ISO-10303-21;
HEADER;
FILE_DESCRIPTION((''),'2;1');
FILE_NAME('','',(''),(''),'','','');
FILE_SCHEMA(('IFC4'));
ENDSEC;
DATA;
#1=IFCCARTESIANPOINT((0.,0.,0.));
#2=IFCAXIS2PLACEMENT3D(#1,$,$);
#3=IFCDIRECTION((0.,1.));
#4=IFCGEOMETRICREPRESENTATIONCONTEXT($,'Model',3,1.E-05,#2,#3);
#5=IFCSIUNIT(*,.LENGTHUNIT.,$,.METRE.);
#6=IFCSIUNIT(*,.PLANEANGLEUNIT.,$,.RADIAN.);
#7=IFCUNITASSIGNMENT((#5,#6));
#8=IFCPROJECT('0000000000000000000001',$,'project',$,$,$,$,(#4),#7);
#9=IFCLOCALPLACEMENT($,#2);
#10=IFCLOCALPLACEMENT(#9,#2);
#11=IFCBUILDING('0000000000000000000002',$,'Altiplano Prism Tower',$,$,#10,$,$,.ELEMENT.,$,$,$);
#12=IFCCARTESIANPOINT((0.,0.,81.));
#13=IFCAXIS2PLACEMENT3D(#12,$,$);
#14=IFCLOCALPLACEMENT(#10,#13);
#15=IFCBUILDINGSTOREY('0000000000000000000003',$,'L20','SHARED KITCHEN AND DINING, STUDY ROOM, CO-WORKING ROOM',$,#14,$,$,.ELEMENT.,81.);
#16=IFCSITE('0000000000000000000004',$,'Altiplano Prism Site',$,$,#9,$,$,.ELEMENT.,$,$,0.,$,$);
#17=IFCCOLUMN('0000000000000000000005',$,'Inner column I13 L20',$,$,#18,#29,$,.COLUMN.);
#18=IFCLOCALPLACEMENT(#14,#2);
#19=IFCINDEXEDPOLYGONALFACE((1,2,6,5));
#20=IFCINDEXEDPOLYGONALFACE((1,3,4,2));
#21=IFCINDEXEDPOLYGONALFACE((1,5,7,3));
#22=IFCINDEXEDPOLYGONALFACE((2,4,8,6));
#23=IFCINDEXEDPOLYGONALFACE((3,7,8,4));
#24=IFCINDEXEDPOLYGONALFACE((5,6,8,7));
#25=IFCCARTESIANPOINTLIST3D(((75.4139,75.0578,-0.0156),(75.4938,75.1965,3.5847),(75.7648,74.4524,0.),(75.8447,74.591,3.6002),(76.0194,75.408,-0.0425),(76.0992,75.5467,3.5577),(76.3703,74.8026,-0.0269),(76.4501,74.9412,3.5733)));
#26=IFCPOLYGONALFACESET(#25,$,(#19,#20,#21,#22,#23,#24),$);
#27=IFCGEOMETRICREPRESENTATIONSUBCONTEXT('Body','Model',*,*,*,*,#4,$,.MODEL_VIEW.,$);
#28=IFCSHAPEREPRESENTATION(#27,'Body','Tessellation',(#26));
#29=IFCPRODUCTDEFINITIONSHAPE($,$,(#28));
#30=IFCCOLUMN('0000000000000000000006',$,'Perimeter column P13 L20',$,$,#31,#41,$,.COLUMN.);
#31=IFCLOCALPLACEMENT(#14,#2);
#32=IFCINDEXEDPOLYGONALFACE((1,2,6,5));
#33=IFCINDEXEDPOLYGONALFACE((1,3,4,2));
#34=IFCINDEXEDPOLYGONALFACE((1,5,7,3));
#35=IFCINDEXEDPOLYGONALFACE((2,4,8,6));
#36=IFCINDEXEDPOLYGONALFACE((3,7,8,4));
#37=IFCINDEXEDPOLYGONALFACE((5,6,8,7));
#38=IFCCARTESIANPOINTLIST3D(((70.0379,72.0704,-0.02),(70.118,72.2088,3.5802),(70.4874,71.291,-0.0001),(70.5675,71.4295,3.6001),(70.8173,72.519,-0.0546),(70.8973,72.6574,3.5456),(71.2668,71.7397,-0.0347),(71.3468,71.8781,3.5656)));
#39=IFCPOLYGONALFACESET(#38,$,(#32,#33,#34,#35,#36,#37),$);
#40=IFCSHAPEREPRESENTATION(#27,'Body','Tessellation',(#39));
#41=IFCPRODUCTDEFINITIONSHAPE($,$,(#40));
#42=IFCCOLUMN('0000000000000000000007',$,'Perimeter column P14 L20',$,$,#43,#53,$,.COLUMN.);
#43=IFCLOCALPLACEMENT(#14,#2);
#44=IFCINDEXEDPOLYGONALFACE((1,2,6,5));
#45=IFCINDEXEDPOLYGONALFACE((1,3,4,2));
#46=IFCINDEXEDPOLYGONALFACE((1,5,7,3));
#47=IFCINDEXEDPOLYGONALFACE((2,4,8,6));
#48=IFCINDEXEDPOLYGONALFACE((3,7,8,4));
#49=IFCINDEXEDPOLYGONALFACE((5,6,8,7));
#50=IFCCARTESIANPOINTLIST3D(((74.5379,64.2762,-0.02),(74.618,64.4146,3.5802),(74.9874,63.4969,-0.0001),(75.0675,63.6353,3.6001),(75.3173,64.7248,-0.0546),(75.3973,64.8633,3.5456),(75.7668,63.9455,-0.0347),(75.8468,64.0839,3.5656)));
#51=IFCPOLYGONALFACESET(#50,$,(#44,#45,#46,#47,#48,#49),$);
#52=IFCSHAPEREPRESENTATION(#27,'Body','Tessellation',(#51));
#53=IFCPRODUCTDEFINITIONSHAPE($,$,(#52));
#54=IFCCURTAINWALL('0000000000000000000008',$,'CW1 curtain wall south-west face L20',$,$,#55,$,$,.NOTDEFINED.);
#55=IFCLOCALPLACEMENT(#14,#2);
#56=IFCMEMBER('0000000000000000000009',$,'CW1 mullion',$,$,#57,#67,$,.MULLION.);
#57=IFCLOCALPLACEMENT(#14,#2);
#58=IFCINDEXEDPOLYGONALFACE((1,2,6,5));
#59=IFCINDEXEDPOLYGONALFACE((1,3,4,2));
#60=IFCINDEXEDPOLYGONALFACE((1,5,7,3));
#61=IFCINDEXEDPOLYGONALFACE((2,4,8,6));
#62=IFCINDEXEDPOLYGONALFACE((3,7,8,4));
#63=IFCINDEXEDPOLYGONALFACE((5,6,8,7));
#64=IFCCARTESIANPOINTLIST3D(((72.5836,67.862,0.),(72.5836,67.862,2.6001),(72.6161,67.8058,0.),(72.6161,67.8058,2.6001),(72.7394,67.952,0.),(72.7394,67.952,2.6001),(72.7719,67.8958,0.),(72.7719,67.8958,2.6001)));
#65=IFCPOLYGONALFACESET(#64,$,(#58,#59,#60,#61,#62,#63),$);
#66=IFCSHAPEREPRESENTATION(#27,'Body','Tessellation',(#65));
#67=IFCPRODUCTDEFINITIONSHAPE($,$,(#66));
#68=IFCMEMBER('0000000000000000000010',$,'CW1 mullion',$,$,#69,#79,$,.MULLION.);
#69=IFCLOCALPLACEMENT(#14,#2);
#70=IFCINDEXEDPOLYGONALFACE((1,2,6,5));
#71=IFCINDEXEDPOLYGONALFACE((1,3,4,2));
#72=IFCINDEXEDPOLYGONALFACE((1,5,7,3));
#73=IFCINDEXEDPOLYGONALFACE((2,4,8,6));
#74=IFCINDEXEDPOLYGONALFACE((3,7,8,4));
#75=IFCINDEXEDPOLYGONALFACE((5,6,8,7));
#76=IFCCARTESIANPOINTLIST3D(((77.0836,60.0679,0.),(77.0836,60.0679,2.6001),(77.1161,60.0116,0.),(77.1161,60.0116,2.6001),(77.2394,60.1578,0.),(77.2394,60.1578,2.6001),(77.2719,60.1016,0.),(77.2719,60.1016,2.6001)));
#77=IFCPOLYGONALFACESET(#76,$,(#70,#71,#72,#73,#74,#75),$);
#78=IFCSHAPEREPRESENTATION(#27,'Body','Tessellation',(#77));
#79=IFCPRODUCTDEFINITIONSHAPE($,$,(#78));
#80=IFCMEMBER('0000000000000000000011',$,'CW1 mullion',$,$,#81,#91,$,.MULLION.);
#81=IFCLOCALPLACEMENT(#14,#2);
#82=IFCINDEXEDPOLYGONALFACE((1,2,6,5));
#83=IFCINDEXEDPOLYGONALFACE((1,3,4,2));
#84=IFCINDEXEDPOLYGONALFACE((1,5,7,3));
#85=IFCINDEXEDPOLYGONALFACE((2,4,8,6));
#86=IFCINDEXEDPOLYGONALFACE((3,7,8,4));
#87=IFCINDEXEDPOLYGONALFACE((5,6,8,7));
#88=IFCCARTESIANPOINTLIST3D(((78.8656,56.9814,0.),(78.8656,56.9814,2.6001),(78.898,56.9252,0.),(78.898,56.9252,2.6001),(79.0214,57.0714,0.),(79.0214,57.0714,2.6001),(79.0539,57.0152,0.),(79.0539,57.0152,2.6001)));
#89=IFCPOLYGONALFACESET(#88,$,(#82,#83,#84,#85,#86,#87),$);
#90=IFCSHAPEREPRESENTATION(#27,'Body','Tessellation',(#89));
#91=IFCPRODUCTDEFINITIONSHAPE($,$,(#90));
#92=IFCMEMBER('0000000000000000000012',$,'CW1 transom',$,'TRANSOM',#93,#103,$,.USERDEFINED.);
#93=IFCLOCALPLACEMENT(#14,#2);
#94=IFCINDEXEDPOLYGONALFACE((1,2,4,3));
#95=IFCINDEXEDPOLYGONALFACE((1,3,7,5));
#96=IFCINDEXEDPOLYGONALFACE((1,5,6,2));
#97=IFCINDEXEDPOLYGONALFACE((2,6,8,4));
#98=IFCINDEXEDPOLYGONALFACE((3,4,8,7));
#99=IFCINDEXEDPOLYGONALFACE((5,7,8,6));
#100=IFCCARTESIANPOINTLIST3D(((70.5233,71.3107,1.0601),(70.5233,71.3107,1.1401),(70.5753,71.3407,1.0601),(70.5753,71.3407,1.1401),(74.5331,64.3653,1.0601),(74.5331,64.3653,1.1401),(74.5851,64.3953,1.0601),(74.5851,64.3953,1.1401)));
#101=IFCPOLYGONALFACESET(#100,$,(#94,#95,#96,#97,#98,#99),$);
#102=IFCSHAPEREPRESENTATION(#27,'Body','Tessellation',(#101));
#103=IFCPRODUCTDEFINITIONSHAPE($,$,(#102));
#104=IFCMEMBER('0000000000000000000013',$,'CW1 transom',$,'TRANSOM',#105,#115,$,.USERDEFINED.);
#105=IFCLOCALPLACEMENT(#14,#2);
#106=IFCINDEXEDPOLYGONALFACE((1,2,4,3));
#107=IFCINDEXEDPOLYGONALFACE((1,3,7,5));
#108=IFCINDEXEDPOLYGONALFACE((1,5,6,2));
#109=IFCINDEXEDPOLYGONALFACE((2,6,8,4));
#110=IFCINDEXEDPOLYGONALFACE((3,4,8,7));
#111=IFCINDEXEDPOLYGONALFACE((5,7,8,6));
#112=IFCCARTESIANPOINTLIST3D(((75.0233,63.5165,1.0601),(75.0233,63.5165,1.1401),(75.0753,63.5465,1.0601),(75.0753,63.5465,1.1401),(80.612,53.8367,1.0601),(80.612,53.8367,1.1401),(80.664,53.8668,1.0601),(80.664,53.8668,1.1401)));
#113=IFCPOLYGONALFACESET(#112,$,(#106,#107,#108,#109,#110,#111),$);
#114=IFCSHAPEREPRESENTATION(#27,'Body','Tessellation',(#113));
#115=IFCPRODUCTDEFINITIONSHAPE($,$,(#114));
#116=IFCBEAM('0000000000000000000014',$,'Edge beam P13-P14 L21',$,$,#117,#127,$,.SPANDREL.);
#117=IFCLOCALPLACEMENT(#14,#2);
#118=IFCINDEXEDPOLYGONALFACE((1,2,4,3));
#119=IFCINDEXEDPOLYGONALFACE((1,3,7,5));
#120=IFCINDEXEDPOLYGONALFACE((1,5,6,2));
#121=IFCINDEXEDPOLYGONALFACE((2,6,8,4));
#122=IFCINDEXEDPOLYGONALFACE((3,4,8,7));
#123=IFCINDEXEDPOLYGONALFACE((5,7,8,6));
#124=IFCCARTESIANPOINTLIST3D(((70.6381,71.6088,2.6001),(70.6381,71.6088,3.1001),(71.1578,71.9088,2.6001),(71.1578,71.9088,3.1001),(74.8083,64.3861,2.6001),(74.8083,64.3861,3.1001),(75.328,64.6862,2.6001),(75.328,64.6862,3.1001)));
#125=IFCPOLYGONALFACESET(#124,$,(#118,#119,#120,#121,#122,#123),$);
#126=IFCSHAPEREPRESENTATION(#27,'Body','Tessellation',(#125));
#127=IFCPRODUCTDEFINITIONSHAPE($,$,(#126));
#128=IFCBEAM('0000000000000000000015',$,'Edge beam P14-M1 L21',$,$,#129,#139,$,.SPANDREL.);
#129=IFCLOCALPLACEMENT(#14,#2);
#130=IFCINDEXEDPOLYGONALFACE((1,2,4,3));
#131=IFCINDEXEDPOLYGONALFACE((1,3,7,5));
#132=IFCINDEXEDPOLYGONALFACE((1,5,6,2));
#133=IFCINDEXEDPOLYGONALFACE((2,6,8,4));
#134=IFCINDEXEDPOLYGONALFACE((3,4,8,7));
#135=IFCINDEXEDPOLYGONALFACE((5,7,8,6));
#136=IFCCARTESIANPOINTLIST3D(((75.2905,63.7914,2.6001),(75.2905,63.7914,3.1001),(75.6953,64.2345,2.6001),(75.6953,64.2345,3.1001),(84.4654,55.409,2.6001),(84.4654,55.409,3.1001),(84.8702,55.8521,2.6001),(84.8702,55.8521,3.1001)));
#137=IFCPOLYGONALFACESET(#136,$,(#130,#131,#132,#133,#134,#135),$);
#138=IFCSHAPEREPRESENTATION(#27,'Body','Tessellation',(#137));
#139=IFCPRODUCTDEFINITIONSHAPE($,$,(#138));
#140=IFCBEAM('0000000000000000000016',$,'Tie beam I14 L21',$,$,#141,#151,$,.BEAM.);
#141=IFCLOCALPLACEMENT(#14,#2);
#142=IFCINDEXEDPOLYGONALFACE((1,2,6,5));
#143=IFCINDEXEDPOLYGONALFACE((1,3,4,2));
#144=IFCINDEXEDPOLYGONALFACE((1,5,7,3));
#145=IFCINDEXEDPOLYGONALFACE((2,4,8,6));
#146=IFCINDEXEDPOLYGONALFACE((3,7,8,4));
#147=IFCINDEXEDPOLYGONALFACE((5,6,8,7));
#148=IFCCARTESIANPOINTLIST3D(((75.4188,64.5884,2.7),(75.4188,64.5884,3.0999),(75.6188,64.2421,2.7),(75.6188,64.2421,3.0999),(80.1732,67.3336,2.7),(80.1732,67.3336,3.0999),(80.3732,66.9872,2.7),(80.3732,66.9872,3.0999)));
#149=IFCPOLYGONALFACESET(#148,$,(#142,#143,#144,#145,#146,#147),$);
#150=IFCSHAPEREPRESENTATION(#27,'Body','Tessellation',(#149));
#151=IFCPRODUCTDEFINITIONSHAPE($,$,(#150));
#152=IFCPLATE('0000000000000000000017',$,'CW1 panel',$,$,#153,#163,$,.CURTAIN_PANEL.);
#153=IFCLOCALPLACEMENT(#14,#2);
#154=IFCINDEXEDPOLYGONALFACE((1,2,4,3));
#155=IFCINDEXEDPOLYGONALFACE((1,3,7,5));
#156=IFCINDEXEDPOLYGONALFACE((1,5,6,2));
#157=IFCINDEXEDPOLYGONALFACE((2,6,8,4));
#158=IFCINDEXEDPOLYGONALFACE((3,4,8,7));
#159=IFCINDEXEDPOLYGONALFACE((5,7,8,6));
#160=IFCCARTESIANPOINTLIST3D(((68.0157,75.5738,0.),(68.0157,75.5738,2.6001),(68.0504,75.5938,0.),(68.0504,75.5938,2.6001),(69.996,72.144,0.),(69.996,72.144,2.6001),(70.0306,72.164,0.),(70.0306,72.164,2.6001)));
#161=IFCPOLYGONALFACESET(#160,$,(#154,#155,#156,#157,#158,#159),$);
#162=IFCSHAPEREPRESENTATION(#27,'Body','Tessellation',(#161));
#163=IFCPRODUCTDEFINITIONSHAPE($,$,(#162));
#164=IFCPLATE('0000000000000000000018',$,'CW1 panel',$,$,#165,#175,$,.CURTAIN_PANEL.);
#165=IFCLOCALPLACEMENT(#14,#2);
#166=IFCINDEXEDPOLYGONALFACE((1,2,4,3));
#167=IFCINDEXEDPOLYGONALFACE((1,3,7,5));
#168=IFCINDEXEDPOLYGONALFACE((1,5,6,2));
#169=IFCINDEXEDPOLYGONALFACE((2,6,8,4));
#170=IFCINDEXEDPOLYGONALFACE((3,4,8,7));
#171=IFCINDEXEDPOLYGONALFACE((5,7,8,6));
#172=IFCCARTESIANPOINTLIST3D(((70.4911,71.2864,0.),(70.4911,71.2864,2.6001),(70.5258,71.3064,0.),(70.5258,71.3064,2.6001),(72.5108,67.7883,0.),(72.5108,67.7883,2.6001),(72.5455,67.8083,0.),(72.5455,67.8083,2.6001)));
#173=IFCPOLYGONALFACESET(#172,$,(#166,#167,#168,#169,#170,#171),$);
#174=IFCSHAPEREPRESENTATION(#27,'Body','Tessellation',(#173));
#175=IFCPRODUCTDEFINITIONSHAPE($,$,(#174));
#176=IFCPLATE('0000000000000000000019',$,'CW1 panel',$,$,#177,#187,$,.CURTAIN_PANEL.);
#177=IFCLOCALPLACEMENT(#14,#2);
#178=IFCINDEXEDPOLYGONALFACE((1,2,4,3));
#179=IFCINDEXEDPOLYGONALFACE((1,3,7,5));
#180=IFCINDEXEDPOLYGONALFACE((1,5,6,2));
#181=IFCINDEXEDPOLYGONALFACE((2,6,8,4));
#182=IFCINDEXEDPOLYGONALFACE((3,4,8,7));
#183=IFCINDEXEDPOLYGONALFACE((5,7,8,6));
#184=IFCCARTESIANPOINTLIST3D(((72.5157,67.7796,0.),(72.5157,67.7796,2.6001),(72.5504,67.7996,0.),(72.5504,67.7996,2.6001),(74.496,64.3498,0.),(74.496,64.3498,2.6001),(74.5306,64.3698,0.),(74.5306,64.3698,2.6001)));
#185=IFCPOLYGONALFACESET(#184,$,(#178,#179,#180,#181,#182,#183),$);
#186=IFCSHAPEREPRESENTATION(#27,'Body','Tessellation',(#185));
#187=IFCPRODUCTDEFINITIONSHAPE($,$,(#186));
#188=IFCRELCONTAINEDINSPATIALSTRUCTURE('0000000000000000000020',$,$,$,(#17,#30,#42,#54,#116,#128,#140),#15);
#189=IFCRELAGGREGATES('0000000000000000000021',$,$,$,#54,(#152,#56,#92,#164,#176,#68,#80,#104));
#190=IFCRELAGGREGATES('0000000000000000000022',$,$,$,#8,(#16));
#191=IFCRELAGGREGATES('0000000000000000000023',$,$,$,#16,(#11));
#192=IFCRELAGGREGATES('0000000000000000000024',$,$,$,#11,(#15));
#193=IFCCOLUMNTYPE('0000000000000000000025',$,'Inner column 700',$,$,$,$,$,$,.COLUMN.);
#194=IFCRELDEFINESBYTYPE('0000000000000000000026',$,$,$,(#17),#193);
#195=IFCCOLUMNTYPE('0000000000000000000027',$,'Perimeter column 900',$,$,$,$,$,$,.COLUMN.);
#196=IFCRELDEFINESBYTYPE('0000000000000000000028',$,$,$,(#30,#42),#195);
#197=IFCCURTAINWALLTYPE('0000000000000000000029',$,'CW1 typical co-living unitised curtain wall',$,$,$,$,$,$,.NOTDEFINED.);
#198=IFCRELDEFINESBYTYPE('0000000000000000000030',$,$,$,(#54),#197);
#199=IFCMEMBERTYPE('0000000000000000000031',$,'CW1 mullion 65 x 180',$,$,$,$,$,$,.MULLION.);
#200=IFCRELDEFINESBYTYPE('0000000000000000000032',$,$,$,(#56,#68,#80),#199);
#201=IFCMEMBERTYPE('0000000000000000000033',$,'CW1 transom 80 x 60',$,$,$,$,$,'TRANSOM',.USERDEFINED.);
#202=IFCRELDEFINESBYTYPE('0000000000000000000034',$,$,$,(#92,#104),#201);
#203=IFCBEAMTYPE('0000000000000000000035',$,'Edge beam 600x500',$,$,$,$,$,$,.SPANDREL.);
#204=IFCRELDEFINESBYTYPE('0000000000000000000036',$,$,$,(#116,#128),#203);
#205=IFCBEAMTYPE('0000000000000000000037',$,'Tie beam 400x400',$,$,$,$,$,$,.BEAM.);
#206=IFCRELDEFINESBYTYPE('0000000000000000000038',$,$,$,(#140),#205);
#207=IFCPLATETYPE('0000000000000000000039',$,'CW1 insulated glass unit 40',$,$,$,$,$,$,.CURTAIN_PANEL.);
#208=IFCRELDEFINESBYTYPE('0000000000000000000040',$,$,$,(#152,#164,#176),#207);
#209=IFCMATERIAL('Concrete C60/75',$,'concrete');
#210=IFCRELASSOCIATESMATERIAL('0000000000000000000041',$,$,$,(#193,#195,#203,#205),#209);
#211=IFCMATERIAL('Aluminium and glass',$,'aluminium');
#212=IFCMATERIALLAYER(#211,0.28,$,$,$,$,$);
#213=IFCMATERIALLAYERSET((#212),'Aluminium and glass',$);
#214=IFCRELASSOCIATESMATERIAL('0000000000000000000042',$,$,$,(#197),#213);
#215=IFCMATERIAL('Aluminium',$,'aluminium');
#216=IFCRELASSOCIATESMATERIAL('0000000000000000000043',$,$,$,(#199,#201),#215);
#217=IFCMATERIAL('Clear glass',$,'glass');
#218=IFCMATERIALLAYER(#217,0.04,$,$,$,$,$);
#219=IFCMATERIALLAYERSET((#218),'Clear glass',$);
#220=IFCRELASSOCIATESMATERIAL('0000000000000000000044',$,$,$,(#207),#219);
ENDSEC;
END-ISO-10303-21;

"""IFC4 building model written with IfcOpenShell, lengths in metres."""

from ifc_helpers import new_model, si_unit, direction, frame, origin, origin_2d, place, context, subcontext, project, spatial, rectangle, extrude, material, layer, layer_set, material_profile, profile_set, type_object, element, aggregate, save


model = new_model("IFC4")

# Units and contexts
model_context = context("Model", 3, precision=1e-05, world=origin(), true_north=direction((0.0, 1.0)))
body_context = subcontext(model_context, "Body", "Model", "MODEL_VIEW")
ifc_project = project(units=[si_unit("LENGTHUNIT", "METRE"), si_unit("PLANEANGLEUNIT", "RADIAN")], contexts=[model_context])

# Site, building, storey
site_placement = place(None, origin())
site = spatial("IfcSite", under=ifc_project, at=site_placement, Name="Altiplano Prism Site", CompositionType="ELEMENT", RefElevation=0.0)
building_placement = place(site_placement, origin())
building = spatial("IfcBuilding", under=site, at=building_placement, Name="Altiplano Prism Tower", CompositionType="ELEMENT")
storey_placement = place(building_placement, frame((0.0, 0.0, 81.0)))
storey = spatial("IfcBuildingStorey", under=building, at=storey_placement, Name="L20", Description="SHARED KITCHEN AND DINING, STUDY ROOM, CO-WORKING ROOM", CompositionType="ELEMENT", Elevation=81.0)

# Columns
ifc_material_1 = material(Name="Concrete C60/75", Category="concrete")
ifc_material_profile_1 = material_profile(ifc_material_1, rectangle(XDim=0.7, YDim=0.7, at=origin_2d()), Name="Inner column 700")
ifc_profile_set_1 = profile_set([ifc_material_profile_1], Name="Concrete C60/75")
column_type_1 = type_object("IfcColumnType", Name="Inner column 700", PredefinedType="COLUMN", material=ifc_profile_set_1)
column_placement = place(storey_placement, frame((75.8921, 74.9302, -0.0212), z_axis=(0.022154, 0.038481, 0.999014), x_axis=(-0.864982, -0.500327, 0.038453)))
element("IfcColumn", 1, at=column_placement, inside=storey, type_object=column_type_1, Name="Inner column I13 L20", PredefinedType="COLUMN", context=body_context, shape_type="SweptSolid", body=[
    extrude(rectangle(XDim=0.7, YDim=0.7, at=origin_2d()), origin(), (0.0, 0.0, 1.0), 3.6038),
])
ifc_material_profile_2 = material_profile(ifc_material_1, rectangle(XDim=0.8999, YDim=0.8999, at=origin_2d()), Name="Perimeter column 900")
ifc_profile_set_2 = profile_set([ifc_material_profile_2], Name="Concrete C60/75")
column_type_2 = type_object("IfcColumnType", Name="Perimeter column 900", PredefinedType="COLUMN", material=ifc_profile_set_2)
for number, where, z_axis, x_axis, name in (
    (2, (70.6523, 71.905, -0.0273), (0.022221, 0.038413, 0.999015), (-0.866024, -0.498523, 0.038432), "Perimeter column P13 L20"),
    (3, (75.1523, 64.1108, -0.0273), (0.022221, 0.038413, 0.999015), (-0.866024, -0.498523, 0.038432), "Perimeter column P14 L20"),
):
    element("IfcColumn", number, at=place(storey_placement, frame(where, z_axis=z_axis, x_axis=x_axis)), inside=storey, type_object=column_type_2, Name=name, PredefinedType="COLUMN", context=body_context, shape_type="SweptSolid", body=[
        extrude(rectangle(XDim=0.8999, YDim=0.8999, at=origin_2d()), origin(), (0.0, 0.0, 1.0), 3.6038),
    ])

# Curtain wall, members
ifc_material_2 = material(Name="Aluminium and glass", Category="aluminium")
ifc_layer_1 = layer(ifc_material_2, 0.28)
ifc_layer_set_1 = layer_set([ifc_layer_1], Name="Aluminium and glass")
curtain_wall_type = type_object("IfcCurtainWallType", Name="CW1 typical co-living unitised curtain wall", PredefinedType="NOTDEFINED", material=ifc_layer_set_1)
curtain_wall_placement = place(storey_placement, origin())
curtain_wall = element("IfcCurtainWall", 4, at=curtain_wall_placement, inside=storey, type_object=curtain_wall_type, Name="CW1 curtain wall south-west face L20", PredefinedType="NOTDEFINED")
ifc_material_3 = material(Name="Aluminium", Category="aluminium")
ifc_material_profile_3 = material_profile(ifc_material_3, rectangle(XDim=0.1799, YDim=0.0649, at=origin_2d()), Name="CW1 mullion 65 x 180")
ifc_profile_set_3 = profile_set([ifc_material_profile_3], Name="Aluminium")
member_type_1 = type_object("IfcMemberType", Name="CW1 mullion 65 x 180", PredefinedType="MULLION", material=ifc_profile_set_3)
member_1_placement = place(storey_placement, frame((72.6777, 67.8789, 0.0), z_axis=(0.0, 0.0, 1.0), x_axis=(0.866025, 0.5, 0.0)))
member_1 = element("IfcMember", 5, at=member_1_placement, type_object=member_type_1, Name="CW1 mullion", PredefinedType="MULLION", context=body_context, shape_type="SweptSolid", body=[
    extrude(rectangle(XDim=0.1799, YDim=0.0649, at=origin_2d()), origin(), (0.0, 0.0, 1.0), 2.6001),
])
member_2_placement = place(storey_placement, frame((77.1777, 60.0847, 0.0), z_axis=(0.0, 0.0, 1.0), x_axis=(0.866025, 0.5, 0.0)))
member_2 = element("IfcMember", 6, at=member_2_placement, type_object=member_type_1, Name="CW1 mullion", PredefinedType="MULLION", context=body_context, shape_type="SweptSolid", body=[
    extrude(rectangle(XDim=0.1799, YDim=0.0649, at=origin_2d()), origin(), (0.0, 0.0, 1.0), 2.6001),
])
member_3_placement = place(storey_placement, frame((78.9597, 56.9983, 0.0), z_axis=(0.0, 0.0, 1.0), x_axis=(0.866025, 0.5, 0.0)))
member_3 = element("IfcMember", 7, at=member_3_placement, type_object=member_type_1, Name="CW1 mullion", PredefinedType="MULLION", context=body_context, shape_type="SweptSolid", body=[
    extrude(rectangle(XDim=0.1799, YDim=0.0649, at=origin_2d()), origin(), (0.0, 0.0, 1.0), 2.6001),
])
ifc_material_profile_4 = material_profile(ifc_material_3, rectangle(XDim=0.0601, YDim=0.0801, at=origin_2d()), Name="CW1 transom 80 x 60")
ifc_profile_set_4 = profile_set([ifc_material_profile_4], Name="Aluminium")
member_type_2 = type_object("IfcMemberType", Name="CW1 transom 80 x 60", ElementType="TRANSOM", PredefinedType="USERDEFINED", material=ifc_profile_set_4)
member_4_placement = place(storey_placement, frame((70.5493, 71.3257, 1.1001), z_axis=(0.499989, -0.866031, 0.0), x_axis=(0.866031, 0.499989, 0.0)))
member_4 = element("IfcMember", 8, at=member_4_placement, type_object=member_type_2, Name="CW1 transom", ObjectType="TRANSOM", PredefinedType="USERDEFINED", context=body_context, shape_type="SweptSolid", body=[
    extrude(rectangle(XDim=0.0601, YDim=0.0801, at=origin_2d()), origin(), (0.0, 0.0, 1.0), 8.0198),
])
member_5_placement = place(storey_placement, frame((75.0493, 63.5315, 1.1001), z_axis=(0.500004, -0.866023, 0.0), x_axis=(0.866023, 0.500004, 0.0)))
member_5 = element("IfcMember", 9, at=member_5_placement, type_object=member_type_2, Name="CW1 transom", ObjectType="TRANSOM", PredefinedType="USERDEFINED", context=body_context, shape_type="SweptSolid", body=[
    extrude(rectangle(XDim=0.0601, YDim=0.0801, at=origin_2d()), origin(), (0.0, 0.0, 1.0), 11.1772),
])

# Beams
ifc_material_profile_5 = material_profile(ifc_material_1, rectangle(XDim=0.6001, YDim=0.5, at=origin_2d()), Name="Edge beam 600x500")
ifc_profile_set_5 = profile_set([ifc_material_profile_5], Name="Concrete C60/75")
beam_type_1 = type_object("IfcBeamType", Name="Edge beam 600x500", PredefinedType="SPANDREL", material=ifc_profile_set_5)
beam_1_placement = place(storey_placement, frame((70.8979, 71.7588, 2.8501), z_axis=(0.500015, -0.866017, 0.0), x_axis=(0.866017, 0.500015, 0.0)))
element("IfcBeam", 10, at=beam_1_placement, inside=storey, type_object=beam_type_1, Name="Edge beam P13-P14 L21", PredefinedType="SPANDREL", context=body_context, shape_type="SweptSolid", body=[
    extrude(rectangle(XDim=0.6001, YDim=0.5, at=origin_2d()), origin(), (0.0, 0.0, 1.0), 8.3401),
])
beam_2_placement = place(storey_placement, frame((75.4929, 64.0129, 2.8501), z_axis=(0.738272, -0.674503, 0.0), x_axis=(0.674503, 0.738272, 0.0)))
element("IfcBeam", 11, at=beam_2_placement, inside=storey, type_object=beam_type_1, Name="Edge beam P14-M1 L21", PredefinedType="SPANDREL", context=body_context, shape_type="SweptSolid", body=[
    extrude(rectangle(XDim=0.6001, YDim=0.5, at=origin_2d()), origin(), (0.0, 0.0, 1.0), 12.4275),
])
ifc_material_profile_6 = material_profile(ifc_material_1, rectangle(XDim=0.3999, YDim=0.3999, at=origin_2d()), Name="Tie beam 400x400")
ifc_profile_set_6 = profile_set([ifc_material_profile_6], Name="Concrete C60/75")
beam_type_2 = type_object("IfcBeamType", Name="Tie beam 400x400", PredefinedType="BEAM", material=ifc_profile_set_6)
beam_3_placement = place(storey_placement, frame((80.2732, 67.1604, 2.8999), z_axis=(-0.866012, -0.500023, 0.0), x_axis=(0.500023, -0.866012, 0.0)))
element("IfcBeam", 12, at=beam_3_placement, inside=storey, type_object=beam_type_2, Name="Tie beam I14 L21", PredefinedType="BEAM", context=body_context, shape_type="SweptSolid", body=[
    extrude(rectangle(XDim=0.3999, YDim=0.3999, at=origin_2d()), origin(), (0.0, 0.0, 1.0), 5.49),
])

# Plates
ifc_material_4 = material(Name="Clear glass", Category="glass")
ifc_layer_2 = layer(ifc_material_4, 0.04)
ifc_layer_set_2 = layer_set([ifc_layer_2], Name="Clear glass")
plate_type = type_object("IfcPlateType", Name="CW1 insulated glass unit 40", PredefinedType="CURTAIN_PANEL", material=ifc_layer_set_2)
plate_1_placement = place(storey_placement, frame((69.0232, 73.8689, 0.0), z_axis=(0.0, 0.0, 1.0), x_axis=(0.5, -0.866025, 0.0)))
plate_1 = element("IfcPlate", 13, at=plate_1_placement, type_object=plate_type, Name="CW1 panel", PredefinedType="CURTAIN_PANEL", context=body_context, shape_type="SweptSolid", body=[
    extrude(rectangle(XDim=3.9604, YDim=0.04, at=origin_2d()), origin(), (0.0, 0.0, 1.0), 2.6001),
])
plate_2_placement = place(storey_placement, frame((71.5183, 69.5474, 0.0), z_axis=(0.0, 0.0, 1.0), x_axis=(0.5, -0.866025, 0.0)))
plate_2 = element("IfcPlate", 14, at=plate_2_placement, type_object=plate_type, Name="CW1 panel", PredefinedType="CURTAIN_PANEL", context=body_context, shape_type="SweptSolid", body=[
    extrude(rectangle(XDim=4.0393, YDim=0.04, at=origin_2d()), origin(), (0.0, 0.0, 1.0), 2.6001),
])
plate_3_placement = place(storey_placement, frame((73.5232, 66.0747, 0.0), z_axis=(0.0, 0.0, 1.0), x_axis=(0.5, -0.866025, 0.0)))
plate_3 = element("IfcPlate", 15, at=plate_3_placement, type_object=plate_type, Name="CW1 panel", PredefinedType="CURTAIN_PANEL", context=body_context, shape_type="SweptSolid", body=[
    extrude(rectangle(XDim=3.9604, YDim=0.04, at=origin_2d()), origin(), (0.0, 0.0, 1.0), 2.6001),
])
aggregate(curtain_wall, [plate_1, member_1, member_4, plate_2, plate_3, member_2, member_3, member_5])

save(model, "model.ifc")
